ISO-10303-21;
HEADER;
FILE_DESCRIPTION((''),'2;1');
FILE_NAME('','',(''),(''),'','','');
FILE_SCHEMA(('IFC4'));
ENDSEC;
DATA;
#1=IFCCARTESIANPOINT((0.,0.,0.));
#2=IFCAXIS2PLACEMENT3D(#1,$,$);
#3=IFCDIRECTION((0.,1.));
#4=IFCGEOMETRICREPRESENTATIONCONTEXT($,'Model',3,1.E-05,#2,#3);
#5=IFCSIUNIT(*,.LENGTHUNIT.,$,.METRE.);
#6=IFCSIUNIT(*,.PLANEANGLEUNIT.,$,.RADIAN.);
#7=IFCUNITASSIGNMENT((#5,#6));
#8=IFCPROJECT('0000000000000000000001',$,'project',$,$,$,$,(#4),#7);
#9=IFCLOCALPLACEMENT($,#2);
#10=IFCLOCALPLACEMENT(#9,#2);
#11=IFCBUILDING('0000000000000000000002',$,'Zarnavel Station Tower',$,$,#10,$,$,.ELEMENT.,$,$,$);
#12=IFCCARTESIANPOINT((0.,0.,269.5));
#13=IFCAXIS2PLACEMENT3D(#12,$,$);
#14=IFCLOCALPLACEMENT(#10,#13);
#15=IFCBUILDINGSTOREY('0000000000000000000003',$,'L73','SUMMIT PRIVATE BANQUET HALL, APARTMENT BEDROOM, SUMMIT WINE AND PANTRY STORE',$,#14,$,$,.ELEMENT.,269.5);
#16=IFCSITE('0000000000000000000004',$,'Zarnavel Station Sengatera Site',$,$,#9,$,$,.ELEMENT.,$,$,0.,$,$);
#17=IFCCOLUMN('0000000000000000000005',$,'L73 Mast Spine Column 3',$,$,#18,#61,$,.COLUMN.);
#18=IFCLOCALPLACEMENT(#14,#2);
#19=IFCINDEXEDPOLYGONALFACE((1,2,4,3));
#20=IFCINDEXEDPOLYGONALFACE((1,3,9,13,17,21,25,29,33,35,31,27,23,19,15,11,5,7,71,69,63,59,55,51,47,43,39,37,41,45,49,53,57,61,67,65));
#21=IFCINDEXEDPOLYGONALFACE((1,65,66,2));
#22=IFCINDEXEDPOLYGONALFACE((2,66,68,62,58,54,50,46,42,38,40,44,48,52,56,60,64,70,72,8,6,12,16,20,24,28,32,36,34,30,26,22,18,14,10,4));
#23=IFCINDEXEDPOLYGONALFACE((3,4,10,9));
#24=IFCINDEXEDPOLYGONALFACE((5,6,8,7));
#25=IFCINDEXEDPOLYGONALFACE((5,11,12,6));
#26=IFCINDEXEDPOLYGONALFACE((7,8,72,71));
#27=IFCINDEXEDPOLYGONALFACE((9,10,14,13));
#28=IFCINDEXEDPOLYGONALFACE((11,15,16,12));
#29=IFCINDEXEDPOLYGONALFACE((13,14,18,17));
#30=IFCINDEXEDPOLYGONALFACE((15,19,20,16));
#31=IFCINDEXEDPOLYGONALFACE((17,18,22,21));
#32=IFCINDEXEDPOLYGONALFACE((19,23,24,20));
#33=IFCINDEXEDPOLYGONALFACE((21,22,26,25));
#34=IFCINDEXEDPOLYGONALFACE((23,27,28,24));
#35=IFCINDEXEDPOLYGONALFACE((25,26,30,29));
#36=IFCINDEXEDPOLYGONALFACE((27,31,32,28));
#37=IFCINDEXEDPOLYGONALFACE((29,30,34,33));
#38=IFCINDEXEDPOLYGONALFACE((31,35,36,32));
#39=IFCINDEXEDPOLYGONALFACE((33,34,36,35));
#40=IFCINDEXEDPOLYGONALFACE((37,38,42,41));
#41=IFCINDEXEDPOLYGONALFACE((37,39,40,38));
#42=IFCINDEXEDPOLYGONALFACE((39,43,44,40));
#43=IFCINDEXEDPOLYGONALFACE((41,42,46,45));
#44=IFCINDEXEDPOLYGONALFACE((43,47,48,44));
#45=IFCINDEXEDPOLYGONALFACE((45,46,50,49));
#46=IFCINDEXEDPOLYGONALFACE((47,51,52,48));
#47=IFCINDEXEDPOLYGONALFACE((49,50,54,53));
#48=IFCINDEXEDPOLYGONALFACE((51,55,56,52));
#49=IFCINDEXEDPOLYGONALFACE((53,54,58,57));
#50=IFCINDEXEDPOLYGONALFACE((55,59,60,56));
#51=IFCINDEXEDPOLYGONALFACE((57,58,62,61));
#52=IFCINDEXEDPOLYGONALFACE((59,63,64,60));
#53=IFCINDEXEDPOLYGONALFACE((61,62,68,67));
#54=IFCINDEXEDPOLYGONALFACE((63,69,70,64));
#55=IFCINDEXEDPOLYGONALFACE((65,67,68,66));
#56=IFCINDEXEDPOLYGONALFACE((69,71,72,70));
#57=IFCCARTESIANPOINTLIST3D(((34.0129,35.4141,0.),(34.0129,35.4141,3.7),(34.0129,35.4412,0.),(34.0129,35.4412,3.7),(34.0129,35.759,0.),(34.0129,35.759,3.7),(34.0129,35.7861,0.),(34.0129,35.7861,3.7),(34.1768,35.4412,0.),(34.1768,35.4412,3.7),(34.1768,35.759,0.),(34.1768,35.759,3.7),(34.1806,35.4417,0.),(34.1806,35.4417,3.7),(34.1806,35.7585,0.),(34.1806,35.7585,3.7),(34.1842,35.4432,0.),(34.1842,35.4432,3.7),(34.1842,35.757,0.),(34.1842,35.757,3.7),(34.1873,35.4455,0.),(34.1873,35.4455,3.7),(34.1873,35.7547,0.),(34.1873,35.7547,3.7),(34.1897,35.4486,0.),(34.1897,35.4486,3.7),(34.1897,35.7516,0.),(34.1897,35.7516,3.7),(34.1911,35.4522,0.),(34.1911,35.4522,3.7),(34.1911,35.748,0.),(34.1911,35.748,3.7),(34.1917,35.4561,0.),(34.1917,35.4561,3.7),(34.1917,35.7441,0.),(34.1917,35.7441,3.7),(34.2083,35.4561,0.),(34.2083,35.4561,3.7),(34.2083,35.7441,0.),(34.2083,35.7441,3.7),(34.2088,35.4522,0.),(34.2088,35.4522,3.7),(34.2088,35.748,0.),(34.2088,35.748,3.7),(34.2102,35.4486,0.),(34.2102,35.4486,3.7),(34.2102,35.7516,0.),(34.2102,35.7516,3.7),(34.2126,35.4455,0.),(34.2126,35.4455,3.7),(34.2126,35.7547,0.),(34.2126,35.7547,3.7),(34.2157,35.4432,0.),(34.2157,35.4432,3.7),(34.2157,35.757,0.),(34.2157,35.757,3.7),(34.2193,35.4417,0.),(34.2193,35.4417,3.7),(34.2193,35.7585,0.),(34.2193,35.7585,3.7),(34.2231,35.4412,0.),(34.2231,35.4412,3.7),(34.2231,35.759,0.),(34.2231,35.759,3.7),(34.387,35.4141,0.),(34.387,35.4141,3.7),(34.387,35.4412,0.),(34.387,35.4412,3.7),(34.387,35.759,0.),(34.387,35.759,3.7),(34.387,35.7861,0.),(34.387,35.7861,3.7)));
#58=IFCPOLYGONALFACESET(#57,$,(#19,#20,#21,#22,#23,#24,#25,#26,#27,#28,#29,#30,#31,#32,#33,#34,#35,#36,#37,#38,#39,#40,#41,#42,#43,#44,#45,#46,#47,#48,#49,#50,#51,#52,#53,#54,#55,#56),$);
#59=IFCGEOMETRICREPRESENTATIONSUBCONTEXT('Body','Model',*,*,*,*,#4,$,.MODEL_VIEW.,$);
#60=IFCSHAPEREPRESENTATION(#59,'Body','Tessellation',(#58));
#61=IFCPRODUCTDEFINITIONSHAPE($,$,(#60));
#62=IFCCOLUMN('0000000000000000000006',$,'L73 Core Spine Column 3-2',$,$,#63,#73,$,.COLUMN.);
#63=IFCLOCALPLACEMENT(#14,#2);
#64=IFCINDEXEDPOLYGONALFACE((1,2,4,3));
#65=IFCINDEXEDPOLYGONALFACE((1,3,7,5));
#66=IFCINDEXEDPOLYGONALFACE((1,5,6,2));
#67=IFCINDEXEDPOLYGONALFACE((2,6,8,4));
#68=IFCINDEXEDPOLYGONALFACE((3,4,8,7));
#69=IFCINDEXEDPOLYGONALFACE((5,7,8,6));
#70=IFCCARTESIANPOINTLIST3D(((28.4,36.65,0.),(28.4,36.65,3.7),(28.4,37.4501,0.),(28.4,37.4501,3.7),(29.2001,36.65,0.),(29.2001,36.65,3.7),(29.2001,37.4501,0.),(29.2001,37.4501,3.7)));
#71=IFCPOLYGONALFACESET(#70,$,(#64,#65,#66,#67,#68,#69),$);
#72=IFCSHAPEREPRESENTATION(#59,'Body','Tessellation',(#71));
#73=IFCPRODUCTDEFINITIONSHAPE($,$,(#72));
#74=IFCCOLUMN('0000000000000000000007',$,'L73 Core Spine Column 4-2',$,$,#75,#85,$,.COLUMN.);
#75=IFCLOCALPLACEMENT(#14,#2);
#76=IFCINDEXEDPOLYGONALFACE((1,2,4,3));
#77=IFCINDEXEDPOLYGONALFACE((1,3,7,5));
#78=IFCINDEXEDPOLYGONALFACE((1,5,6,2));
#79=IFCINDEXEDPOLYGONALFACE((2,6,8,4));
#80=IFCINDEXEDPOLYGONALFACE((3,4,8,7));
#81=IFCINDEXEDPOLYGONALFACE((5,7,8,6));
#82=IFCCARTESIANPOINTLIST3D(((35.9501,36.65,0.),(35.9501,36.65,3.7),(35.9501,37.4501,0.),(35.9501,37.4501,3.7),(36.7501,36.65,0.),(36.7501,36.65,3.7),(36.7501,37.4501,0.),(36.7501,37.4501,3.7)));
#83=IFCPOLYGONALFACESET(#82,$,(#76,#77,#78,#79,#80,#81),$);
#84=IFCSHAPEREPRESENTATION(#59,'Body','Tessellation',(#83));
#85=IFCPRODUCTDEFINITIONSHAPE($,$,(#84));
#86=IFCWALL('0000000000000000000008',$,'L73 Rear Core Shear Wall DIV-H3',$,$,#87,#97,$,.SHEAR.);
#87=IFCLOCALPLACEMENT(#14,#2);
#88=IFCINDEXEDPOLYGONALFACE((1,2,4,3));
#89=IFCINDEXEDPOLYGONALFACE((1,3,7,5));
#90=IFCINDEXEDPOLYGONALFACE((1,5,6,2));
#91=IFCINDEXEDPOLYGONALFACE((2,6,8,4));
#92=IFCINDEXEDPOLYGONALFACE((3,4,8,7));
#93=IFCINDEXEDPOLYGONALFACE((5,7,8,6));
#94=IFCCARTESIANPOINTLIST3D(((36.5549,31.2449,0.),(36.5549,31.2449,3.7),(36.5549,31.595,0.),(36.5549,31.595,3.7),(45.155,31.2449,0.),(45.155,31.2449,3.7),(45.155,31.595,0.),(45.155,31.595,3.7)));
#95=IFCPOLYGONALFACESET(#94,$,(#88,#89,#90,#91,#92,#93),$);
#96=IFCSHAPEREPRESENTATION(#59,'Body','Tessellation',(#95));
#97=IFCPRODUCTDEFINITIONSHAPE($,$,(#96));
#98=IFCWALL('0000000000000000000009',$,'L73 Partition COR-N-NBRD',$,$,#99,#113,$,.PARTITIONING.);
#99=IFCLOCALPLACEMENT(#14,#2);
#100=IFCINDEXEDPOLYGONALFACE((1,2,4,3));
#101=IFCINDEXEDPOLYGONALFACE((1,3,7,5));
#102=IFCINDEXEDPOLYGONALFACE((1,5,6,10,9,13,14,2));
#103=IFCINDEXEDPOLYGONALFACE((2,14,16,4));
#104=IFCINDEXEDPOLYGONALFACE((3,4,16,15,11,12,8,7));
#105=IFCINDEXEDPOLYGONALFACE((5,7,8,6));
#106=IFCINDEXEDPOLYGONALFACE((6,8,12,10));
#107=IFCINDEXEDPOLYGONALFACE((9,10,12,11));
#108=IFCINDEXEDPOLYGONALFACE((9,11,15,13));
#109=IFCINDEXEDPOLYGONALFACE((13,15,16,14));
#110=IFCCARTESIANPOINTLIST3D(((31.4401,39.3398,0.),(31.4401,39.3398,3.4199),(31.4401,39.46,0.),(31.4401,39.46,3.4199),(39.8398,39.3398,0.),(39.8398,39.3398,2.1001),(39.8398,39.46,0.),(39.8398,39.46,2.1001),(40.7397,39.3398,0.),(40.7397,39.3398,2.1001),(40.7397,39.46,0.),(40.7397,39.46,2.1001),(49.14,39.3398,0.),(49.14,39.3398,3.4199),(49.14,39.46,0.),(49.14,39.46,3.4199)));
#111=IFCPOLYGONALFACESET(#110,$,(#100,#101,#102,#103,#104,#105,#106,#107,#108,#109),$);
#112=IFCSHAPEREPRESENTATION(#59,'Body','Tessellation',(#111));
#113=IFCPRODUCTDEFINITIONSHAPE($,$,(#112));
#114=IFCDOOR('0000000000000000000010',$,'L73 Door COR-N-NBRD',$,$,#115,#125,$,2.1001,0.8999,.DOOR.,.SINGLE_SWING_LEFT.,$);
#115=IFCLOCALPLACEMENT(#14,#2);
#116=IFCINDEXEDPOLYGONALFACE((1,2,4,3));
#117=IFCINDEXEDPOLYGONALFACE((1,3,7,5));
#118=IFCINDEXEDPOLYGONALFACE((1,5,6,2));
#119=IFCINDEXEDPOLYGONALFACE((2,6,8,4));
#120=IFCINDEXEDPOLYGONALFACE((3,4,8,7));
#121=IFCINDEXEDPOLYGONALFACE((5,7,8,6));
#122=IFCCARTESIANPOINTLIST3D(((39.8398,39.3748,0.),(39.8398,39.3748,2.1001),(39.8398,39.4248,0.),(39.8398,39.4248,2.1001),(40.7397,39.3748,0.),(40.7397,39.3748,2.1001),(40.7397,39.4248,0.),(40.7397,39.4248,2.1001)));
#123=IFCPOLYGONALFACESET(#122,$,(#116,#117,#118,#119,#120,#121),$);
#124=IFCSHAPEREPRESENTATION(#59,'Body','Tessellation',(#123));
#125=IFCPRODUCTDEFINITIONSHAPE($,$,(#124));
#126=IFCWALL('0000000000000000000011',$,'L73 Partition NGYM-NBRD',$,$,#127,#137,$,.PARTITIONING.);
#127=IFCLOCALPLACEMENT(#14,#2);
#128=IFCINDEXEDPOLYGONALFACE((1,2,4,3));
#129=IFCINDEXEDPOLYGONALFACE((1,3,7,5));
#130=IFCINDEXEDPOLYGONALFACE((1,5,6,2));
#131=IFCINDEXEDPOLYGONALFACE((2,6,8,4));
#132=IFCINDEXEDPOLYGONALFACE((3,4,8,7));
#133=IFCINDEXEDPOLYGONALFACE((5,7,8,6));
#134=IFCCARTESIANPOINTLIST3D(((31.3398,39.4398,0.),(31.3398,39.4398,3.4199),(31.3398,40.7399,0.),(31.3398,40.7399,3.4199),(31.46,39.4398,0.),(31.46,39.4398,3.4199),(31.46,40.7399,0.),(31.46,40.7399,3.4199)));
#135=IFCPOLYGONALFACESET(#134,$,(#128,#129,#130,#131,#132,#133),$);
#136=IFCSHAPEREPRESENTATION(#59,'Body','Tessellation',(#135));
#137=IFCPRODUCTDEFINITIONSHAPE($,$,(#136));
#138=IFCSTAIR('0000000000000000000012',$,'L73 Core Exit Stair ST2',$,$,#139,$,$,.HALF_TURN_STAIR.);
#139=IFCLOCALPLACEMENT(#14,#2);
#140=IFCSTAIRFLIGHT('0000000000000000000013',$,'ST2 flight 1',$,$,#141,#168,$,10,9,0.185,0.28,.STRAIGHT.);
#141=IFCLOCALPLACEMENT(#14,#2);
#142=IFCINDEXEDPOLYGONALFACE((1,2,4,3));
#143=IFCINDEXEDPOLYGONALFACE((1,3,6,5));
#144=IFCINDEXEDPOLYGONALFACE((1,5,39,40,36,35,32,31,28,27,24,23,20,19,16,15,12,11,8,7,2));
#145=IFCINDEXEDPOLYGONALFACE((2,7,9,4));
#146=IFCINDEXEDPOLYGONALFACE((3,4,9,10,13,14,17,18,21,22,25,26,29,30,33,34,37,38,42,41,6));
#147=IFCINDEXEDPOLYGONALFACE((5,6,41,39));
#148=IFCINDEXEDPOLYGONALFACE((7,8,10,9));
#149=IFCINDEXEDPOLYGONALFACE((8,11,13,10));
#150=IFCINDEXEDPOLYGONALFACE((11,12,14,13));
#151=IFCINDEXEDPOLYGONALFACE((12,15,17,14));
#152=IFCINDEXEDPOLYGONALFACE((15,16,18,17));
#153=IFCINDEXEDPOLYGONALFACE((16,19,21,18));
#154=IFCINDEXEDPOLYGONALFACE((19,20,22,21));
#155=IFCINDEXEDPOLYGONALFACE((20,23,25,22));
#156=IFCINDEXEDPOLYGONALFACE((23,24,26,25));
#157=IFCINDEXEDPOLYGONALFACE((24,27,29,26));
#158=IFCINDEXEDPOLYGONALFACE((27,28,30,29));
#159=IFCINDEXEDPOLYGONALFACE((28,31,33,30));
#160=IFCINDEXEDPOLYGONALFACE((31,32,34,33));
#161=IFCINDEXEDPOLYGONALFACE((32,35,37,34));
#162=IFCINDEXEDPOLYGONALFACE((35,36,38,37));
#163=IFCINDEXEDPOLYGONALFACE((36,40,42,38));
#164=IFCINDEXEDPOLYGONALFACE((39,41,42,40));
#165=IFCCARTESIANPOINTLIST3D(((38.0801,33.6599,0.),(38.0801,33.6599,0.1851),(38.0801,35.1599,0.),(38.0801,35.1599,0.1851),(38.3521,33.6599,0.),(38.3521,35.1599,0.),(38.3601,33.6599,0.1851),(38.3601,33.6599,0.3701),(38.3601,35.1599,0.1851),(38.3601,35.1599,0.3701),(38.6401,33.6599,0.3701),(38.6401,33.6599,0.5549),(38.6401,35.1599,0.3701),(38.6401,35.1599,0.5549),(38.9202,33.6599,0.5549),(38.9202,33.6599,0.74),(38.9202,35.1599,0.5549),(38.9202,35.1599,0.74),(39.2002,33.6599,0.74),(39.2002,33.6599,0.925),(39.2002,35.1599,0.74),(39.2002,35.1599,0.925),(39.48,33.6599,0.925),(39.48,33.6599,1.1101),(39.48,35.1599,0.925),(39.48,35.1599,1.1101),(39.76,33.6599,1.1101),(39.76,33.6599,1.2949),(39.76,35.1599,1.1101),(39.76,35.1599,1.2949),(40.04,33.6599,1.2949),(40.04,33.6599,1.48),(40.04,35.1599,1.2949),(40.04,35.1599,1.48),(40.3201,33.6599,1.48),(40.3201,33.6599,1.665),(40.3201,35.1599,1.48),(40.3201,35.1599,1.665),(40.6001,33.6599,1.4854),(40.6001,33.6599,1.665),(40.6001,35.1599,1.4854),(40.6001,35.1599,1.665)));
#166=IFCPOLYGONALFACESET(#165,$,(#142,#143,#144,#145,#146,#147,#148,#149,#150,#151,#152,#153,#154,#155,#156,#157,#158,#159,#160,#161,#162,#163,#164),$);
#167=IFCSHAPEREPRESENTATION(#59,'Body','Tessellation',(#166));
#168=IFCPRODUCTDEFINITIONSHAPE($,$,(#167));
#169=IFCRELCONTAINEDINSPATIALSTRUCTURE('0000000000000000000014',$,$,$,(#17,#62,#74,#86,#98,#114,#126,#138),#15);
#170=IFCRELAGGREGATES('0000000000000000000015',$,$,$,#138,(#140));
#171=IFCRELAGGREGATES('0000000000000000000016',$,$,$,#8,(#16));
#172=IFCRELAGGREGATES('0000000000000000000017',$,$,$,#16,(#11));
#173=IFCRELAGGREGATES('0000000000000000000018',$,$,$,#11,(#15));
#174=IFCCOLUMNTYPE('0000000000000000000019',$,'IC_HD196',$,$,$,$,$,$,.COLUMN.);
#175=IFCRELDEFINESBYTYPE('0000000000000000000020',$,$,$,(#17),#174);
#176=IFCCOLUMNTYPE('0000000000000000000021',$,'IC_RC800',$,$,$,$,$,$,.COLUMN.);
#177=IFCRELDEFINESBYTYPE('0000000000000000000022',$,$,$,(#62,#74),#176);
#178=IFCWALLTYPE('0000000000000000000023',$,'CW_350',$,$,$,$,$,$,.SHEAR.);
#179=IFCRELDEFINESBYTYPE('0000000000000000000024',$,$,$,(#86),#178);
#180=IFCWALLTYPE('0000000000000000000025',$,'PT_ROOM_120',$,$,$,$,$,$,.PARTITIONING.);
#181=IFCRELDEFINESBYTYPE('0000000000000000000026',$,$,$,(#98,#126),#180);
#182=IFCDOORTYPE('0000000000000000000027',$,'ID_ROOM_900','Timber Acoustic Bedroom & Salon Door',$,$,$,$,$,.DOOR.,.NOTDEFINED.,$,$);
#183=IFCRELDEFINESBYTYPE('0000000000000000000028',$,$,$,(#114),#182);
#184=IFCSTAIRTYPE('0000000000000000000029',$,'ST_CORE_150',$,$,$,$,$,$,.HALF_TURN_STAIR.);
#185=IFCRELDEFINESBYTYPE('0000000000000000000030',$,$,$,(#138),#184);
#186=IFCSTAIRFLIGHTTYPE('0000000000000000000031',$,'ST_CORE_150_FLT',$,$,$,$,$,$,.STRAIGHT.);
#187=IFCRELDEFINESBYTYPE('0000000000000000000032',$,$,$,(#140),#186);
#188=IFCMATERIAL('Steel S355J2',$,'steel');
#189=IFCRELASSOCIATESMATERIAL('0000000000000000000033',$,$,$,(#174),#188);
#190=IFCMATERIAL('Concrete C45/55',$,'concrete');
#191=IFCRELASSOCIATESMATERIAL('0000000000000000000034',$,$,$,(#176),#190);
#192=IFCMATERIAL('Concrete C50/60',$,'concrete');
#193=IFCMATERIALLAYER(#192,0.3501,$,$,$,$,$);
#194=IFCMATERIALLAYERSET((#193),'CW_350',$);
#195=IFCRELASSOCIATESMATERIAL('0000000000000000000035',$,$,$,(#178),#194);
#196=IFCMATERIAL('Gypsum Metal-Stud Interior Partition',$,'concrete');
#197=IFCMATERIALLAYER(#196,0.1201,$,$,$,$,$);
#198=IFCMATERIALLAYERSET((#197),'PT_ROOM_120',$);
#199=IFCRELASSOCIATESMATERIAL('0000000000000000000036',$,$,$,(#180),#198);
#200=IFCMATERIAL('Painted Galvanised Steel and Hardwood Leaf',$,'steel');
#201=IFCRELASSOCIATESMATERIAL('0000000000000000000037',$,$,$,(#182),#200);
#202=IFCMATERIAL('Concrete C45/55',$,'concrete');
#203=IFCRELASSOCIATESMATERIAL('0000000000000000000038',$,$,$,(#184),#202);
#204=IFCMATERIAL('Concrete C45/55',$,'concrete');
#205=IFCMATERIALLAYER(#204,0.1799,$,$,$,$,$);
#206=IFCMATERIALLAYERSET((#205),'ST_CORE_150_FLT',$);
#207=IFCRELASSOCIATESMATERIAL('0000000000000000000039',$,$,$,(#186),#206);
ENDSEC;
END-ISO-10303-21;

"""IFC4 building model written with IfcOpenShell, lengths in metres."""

from ifc_helpers import new_model, si_unit, direction, frame, frame_2d, origin, origin_2d, place, context, subcontext, project, spatial, polyline, rectangle, i_section, outline, extrude, material, layer, layer_set, material_profile, profile_set, type_object, element, fill, aggregate, save


model = new_model("IFC4")

# Units and contexts
model_context = context("Model", 3, precision=1e-05, world=origin(), true_north=direction((0.0, 1.0)))
body_context = subcontext(model_context, "Body", "Model", "MODEL_VIEW")
ifc_project = project(units=[si_unit("LENGTHUNIT", "METRE"), si_unit("PLANEANGLEUNIT", "RADIAN")], contexts=[model_context])

# Site, building, storey
site_placement = place(None, origin())
site = spatial("IfcSite", under=ifc_project, at=site_placement, Name="Zarnavel Station Sengatera Site", CompositionType="ELEMENT", RefElevation=0.0)
building_placement = place(site_placement, origin())
building = spatial("IfcBuilding", under=site, at=building_placement, Name="Zarnavel Station Tower", CompositionType="ELEMENT")
storey_placement = place(building_placement, frame((0.0, 0.0, 269.5)))
storey = spatial("IfcBuildingStorey", under=building, at=storey_placement, Name="L73", Description="SUMMIT PRIVATE BANQUET HALL, APARTMENT BEDROOM, SUMMIT WINE AND PANTRY STORE", CompositionType="ELEMENT", Elevation=269.5)

# Columns
ifc_material_1 = material(Name="Steel S355J2", Category="steel")
ifc_material_profile_1 = material_profile(ifc_material_1, i_section(OverallWidth=0.374, OverallDepth=0.3721, WebThickness=0.0166, FlangeThickness=0.0271, FilletRadius=0.0149, at=origin_2d()), Name="HD360x196")
ifc_profile_set_1 = profile_set([ifc_material_profile_1], Name="Steel S355J2")
column_type_1 = type_object("IfcColumnType", Name="IC_HD196", PredefinedType="COLUMN", material=ifc_profile_set_1)
column_placement = place(storey_placement, frame((34.2, 35.6001, 0.0), z_axis=(0.0, 0.0, 1.0), x_axis=(1.0, 0.0, 0.0)))
element("IfcColumn", 1, at=column_placement, inside=storey, type_object=column_type_1, Name="L73 Mast Spine Column 3", PredefinedType="COLUMN", context=body_context, shape_type="SweptSolid", body=[
    extrude(i_section(OverallWidth=0.374, OverallDepth=0.3721, WebThickness=0.0166, FlangeThickness=0.0271, FilletRadius=0.0149, at=origin_2d()), origin(), (0.0, 0.0, 1.0), 3.7),
])
ifc_material_2 = material(Name="Concrete C45/55", Category="concrete")
ifc_material_profile_2 = material_profile(ifc_material_2, rectangle(XDim=0.8, YDim=0.8, at=origin_2d()), Name="RC800x800")
ifc_profile_set_2 = profile_set([ifc_material_profile_2], Name="Concrete C45/55")
column_type_2 = type_object("IfcColumnType", Name="IC_RC800", PredefinedType="COLUMN", material=ifc_profile_set_2)
for number, where, z_axis, x_axis, name in (
    (2, (28.8, 37.05, 0.0), (0.0, 0.0, 1.0), (1.0, 0.0, 0.0), "L73 Core Spine Column 3-2"),
    (3, (36.3501, 37.05, 0.0), (0.0, 0.0, 1.0), (1.0, 0.0, 0.0), "L73 Core Spine Column 4-2"),
):
    element("IfcColumn", number, at=place(storey_placement, frame(where, z_axis=z_axis, x_axis=x_axis)), inside=storey, type_object=column_type_2, Name=name, PredefinedType="COLUMN", context=body_context, shape_type="SweptSolid", body=[
        extrude(rectangle(XDim=0.8, YDim=0.8, at=origin_2d()), origin(), (0.0, 0.0, 1.0), 3.7),
    ])

# Wall
ifc_material_3 = material(Name="Concrete C50/60", Category="concrete")
ifc_layer_1 = layer(ifc_material_3, 0.3501)
ifc_layer_set_1 = layer_set([ifc_layer_1], Name="CW_350")
wall_type_1 = type_object("IfcWallType", Name="CW_350", PredefinedType="SHEAR", material=ifc_layer_set_1)
wall_1_placement = place(storey_placement, frame((36.5549, 31.4199, 0.0), z_axis=(0.0, 0.0, 1.0), x_axis=(1.0, 0.0, 0.0)))
element("IfcWall", 4, at=wall_1_placement, inside=storey, type_object=wall_type_1, Name="L73 Rear Core Shear Wall DIV-H3", PredefinedType="SHEAR", context=body_context, shape_type="SweptSolid", body=[
    extrude(rectangle(XDim=8.6001, YDim=0.3501, at=frame_2d((4.3, 0.0))), origin(), (0.0, 0.0, 1.0), 3.7),
])

# Wall, opening, door
ifc_material_4 = material(Name="Gypsum Metal-Stud Interior Partition", Category="concrete")
ifc_layer_2 = layer(ifc_material_4, 0.1201)
ifc_layer_set_2 = layer_set([ifc_layer_2], Name="PT_ROOM_120")
wall_type_2 = type_object("IfcWallType", Name="PT_ROOM_120", PredefinedType="PARTITIONING", material=ifc_layer_set_2)
wall_2_placement = place(storey_placement, frame((31.4399, 39.3999, 0.0), z_axis=(0.0, 0.0, 1.0), x_axis=(1.0, 0.0, 0.0)))
wall_2 = element("IfcWall", 5, at=wall_2_placement, inside=storey, type_object=wall_type_2, Name="L73 Partition COR-N-NBRD", PredefinedType="PARTITIONING", context=body_context, shape_type="SweptSolid", body=[
    extrude(rectangle(XDim=17.7, YDim=0.1201, at=frame_2d((8.8501, 0.0))), origin(), (0.0, 0.0, 1.0), 3.4199),
])
opening_1_placement = place(wall_2_placement, frame((8.3999, 0.0, 0.0)))
opening_1 = element("IfcOpeningElement", 6, at=opening_1_placement, cuts=wall_2, PredefinedType="OPENING", context=body_context, shape_type="SweptSolid", body=[
    extrude(rectangle(XDim=0.8999, YDim=2.1001, at=frame_2d((0.45, 1.05))), frame((0.0, 0.0701, 0.0), z_axis=(0.0, -1.0, 0.0), x_axis=(1.0, 0.0, 0.0)), (0.0, 0.0, 1.0), 0.1401),
])
ifc_material_5 = material(Name="Painted Galvanised Steel and Hardwood Leaf", Category="steel")
door_type_1 = type_object("IfcDoorType", Name="ID_ROOM_900", Description="Timber Acoustic Bedroom & Salon Door", OperationType="NOTDEFINED", PredefinedType="DOOR", material=ifc_material_5)
door_1_placement = place(opening_1_placement, origin())
door_1 = element("IfcDoor", 7, at=door_1_placement, inside=storey, type_object=door_type_1, Name="L73 Door COR-N-NBRD", OperationType="SINGLE_SWING_LEFT", OverallHeight=2.1001, OverallWidth=0.8999, PredefinedType="DOOR", context=body_context, shape_type="SweptSolid", body=[
    extrude(rectangle(XDim=0.8999, YDim=2.1001, at=frame_2d((0.45, 1.05))), frame((0.0, 0.0249, 0.0), z_axis=(0.0, -1.0, 0.0), x_axis=(1.0, 0.0, 0.0)), (0.0, 0.0, 1.0), 0.05),
])
fill(opening_1, door_1)

# Wall
wall_3_placement = place(storey_placement, frame((31.3999, 39.4399, 0.0), z_axis=(0.0, 0.0, 1.0), x_axis=(0.0, 1.0, 0.0)))
element("IfcWall", 8, at=wall_3_placement, inside=storey, type_object=wall_type_2, Name="L73 Partition NGYM-NBRD", PredefinedType="PARTITIONING", context=body_context, shape_type="SweptSolid", body=[
    extrude(rectangle(XDim=1.3, YDim=0.1201, at=frame_2d((0.6499, 0.0))), origin(), (0.0, 0.0, 1.0), 3.4199),
])

# Stair, stair flight
ifc_material_6 = material(Name="Concrete C45/55", Category="concrete")
stair_type = type_object("IfcStairType", Name="ST_CORE_150", PredefinedType="HALF_TURN_STAIR", material=ifc_material_6)
stair_1_placement = place(storey_placement, origin())
stair_1 = element("IfcStair", 9, at=stair_1_placement, inside=storey, type_object=stair_type, Name="L73 Core Exit Stair ST2", PredefinedType="HALF_TURN_STAIR")
ifc_material_7 = material(Name="Concrete C45/55", Category="concrete")
ifc_layer_3 = layer(ifc_material_7, 0.1799)
ifc_layer_set_3 = layer_set([ifc_layer_3], Name="ST_CORE_150_FLT")
stair_flight_type = type_object("IfcStairFlightType", Name="ST_CORE_150_FLT", PredefinedType="STRAIGHT", material=ifc_layer_set_3)
stair_flight_1_placement = place(storey_placement, frame((38.0801, 34.4099, 0.0), z_axis=(0.0, 0.0, 1.0), x_axis=(1.0, 0.0, 0.0)))
stair_flight_1 = element("IfcStairFlight", 10, at=stair_flight_1_placement, type_object=stair_flight_type, Name="ST2 flight 1", NumberOfRisers=10, NumberOfTreads=9, PredefinedType="STRAIGHT", RiserHeight=0.185, TreadLength=0.28, context=body_context, shape_type="SweptSolid", body=[
    extrude(outline(polyline([(0.0, 0.0), (0.0, 0.1851), (0.28, 0.1851), (0.28, 0.3701), (0.5601, 0.3701), (0.5601, 0.5549), (0.8401, 0.5549), (0.8401, 0.74), (1.1201, 0.74), (1.1201, 0.925), (1.3999, 0.925), (1.3999, 1.1101), (1.6799, 1.1101), (1.6799, 1.2949), (1.96, 1.2949), (1.96, 1.48), (2.24, 1.48), (2.24, 1.665), (2.52, 1.665), (2.52, 1.8501), (2.52, 1.4854), (0.272, 0.0), (0.0, 0.0)])), frame((0.0, 0.75, 0.0), z_axis=(0.0, -1.0, 0.0), x_axis=(1.0, 0.0, 0.0)), (0.0, 0.0, 1.0), 1.5),
])
aggregate(stair_1, [stair_flight_1])

save(model, "model.ifc")
